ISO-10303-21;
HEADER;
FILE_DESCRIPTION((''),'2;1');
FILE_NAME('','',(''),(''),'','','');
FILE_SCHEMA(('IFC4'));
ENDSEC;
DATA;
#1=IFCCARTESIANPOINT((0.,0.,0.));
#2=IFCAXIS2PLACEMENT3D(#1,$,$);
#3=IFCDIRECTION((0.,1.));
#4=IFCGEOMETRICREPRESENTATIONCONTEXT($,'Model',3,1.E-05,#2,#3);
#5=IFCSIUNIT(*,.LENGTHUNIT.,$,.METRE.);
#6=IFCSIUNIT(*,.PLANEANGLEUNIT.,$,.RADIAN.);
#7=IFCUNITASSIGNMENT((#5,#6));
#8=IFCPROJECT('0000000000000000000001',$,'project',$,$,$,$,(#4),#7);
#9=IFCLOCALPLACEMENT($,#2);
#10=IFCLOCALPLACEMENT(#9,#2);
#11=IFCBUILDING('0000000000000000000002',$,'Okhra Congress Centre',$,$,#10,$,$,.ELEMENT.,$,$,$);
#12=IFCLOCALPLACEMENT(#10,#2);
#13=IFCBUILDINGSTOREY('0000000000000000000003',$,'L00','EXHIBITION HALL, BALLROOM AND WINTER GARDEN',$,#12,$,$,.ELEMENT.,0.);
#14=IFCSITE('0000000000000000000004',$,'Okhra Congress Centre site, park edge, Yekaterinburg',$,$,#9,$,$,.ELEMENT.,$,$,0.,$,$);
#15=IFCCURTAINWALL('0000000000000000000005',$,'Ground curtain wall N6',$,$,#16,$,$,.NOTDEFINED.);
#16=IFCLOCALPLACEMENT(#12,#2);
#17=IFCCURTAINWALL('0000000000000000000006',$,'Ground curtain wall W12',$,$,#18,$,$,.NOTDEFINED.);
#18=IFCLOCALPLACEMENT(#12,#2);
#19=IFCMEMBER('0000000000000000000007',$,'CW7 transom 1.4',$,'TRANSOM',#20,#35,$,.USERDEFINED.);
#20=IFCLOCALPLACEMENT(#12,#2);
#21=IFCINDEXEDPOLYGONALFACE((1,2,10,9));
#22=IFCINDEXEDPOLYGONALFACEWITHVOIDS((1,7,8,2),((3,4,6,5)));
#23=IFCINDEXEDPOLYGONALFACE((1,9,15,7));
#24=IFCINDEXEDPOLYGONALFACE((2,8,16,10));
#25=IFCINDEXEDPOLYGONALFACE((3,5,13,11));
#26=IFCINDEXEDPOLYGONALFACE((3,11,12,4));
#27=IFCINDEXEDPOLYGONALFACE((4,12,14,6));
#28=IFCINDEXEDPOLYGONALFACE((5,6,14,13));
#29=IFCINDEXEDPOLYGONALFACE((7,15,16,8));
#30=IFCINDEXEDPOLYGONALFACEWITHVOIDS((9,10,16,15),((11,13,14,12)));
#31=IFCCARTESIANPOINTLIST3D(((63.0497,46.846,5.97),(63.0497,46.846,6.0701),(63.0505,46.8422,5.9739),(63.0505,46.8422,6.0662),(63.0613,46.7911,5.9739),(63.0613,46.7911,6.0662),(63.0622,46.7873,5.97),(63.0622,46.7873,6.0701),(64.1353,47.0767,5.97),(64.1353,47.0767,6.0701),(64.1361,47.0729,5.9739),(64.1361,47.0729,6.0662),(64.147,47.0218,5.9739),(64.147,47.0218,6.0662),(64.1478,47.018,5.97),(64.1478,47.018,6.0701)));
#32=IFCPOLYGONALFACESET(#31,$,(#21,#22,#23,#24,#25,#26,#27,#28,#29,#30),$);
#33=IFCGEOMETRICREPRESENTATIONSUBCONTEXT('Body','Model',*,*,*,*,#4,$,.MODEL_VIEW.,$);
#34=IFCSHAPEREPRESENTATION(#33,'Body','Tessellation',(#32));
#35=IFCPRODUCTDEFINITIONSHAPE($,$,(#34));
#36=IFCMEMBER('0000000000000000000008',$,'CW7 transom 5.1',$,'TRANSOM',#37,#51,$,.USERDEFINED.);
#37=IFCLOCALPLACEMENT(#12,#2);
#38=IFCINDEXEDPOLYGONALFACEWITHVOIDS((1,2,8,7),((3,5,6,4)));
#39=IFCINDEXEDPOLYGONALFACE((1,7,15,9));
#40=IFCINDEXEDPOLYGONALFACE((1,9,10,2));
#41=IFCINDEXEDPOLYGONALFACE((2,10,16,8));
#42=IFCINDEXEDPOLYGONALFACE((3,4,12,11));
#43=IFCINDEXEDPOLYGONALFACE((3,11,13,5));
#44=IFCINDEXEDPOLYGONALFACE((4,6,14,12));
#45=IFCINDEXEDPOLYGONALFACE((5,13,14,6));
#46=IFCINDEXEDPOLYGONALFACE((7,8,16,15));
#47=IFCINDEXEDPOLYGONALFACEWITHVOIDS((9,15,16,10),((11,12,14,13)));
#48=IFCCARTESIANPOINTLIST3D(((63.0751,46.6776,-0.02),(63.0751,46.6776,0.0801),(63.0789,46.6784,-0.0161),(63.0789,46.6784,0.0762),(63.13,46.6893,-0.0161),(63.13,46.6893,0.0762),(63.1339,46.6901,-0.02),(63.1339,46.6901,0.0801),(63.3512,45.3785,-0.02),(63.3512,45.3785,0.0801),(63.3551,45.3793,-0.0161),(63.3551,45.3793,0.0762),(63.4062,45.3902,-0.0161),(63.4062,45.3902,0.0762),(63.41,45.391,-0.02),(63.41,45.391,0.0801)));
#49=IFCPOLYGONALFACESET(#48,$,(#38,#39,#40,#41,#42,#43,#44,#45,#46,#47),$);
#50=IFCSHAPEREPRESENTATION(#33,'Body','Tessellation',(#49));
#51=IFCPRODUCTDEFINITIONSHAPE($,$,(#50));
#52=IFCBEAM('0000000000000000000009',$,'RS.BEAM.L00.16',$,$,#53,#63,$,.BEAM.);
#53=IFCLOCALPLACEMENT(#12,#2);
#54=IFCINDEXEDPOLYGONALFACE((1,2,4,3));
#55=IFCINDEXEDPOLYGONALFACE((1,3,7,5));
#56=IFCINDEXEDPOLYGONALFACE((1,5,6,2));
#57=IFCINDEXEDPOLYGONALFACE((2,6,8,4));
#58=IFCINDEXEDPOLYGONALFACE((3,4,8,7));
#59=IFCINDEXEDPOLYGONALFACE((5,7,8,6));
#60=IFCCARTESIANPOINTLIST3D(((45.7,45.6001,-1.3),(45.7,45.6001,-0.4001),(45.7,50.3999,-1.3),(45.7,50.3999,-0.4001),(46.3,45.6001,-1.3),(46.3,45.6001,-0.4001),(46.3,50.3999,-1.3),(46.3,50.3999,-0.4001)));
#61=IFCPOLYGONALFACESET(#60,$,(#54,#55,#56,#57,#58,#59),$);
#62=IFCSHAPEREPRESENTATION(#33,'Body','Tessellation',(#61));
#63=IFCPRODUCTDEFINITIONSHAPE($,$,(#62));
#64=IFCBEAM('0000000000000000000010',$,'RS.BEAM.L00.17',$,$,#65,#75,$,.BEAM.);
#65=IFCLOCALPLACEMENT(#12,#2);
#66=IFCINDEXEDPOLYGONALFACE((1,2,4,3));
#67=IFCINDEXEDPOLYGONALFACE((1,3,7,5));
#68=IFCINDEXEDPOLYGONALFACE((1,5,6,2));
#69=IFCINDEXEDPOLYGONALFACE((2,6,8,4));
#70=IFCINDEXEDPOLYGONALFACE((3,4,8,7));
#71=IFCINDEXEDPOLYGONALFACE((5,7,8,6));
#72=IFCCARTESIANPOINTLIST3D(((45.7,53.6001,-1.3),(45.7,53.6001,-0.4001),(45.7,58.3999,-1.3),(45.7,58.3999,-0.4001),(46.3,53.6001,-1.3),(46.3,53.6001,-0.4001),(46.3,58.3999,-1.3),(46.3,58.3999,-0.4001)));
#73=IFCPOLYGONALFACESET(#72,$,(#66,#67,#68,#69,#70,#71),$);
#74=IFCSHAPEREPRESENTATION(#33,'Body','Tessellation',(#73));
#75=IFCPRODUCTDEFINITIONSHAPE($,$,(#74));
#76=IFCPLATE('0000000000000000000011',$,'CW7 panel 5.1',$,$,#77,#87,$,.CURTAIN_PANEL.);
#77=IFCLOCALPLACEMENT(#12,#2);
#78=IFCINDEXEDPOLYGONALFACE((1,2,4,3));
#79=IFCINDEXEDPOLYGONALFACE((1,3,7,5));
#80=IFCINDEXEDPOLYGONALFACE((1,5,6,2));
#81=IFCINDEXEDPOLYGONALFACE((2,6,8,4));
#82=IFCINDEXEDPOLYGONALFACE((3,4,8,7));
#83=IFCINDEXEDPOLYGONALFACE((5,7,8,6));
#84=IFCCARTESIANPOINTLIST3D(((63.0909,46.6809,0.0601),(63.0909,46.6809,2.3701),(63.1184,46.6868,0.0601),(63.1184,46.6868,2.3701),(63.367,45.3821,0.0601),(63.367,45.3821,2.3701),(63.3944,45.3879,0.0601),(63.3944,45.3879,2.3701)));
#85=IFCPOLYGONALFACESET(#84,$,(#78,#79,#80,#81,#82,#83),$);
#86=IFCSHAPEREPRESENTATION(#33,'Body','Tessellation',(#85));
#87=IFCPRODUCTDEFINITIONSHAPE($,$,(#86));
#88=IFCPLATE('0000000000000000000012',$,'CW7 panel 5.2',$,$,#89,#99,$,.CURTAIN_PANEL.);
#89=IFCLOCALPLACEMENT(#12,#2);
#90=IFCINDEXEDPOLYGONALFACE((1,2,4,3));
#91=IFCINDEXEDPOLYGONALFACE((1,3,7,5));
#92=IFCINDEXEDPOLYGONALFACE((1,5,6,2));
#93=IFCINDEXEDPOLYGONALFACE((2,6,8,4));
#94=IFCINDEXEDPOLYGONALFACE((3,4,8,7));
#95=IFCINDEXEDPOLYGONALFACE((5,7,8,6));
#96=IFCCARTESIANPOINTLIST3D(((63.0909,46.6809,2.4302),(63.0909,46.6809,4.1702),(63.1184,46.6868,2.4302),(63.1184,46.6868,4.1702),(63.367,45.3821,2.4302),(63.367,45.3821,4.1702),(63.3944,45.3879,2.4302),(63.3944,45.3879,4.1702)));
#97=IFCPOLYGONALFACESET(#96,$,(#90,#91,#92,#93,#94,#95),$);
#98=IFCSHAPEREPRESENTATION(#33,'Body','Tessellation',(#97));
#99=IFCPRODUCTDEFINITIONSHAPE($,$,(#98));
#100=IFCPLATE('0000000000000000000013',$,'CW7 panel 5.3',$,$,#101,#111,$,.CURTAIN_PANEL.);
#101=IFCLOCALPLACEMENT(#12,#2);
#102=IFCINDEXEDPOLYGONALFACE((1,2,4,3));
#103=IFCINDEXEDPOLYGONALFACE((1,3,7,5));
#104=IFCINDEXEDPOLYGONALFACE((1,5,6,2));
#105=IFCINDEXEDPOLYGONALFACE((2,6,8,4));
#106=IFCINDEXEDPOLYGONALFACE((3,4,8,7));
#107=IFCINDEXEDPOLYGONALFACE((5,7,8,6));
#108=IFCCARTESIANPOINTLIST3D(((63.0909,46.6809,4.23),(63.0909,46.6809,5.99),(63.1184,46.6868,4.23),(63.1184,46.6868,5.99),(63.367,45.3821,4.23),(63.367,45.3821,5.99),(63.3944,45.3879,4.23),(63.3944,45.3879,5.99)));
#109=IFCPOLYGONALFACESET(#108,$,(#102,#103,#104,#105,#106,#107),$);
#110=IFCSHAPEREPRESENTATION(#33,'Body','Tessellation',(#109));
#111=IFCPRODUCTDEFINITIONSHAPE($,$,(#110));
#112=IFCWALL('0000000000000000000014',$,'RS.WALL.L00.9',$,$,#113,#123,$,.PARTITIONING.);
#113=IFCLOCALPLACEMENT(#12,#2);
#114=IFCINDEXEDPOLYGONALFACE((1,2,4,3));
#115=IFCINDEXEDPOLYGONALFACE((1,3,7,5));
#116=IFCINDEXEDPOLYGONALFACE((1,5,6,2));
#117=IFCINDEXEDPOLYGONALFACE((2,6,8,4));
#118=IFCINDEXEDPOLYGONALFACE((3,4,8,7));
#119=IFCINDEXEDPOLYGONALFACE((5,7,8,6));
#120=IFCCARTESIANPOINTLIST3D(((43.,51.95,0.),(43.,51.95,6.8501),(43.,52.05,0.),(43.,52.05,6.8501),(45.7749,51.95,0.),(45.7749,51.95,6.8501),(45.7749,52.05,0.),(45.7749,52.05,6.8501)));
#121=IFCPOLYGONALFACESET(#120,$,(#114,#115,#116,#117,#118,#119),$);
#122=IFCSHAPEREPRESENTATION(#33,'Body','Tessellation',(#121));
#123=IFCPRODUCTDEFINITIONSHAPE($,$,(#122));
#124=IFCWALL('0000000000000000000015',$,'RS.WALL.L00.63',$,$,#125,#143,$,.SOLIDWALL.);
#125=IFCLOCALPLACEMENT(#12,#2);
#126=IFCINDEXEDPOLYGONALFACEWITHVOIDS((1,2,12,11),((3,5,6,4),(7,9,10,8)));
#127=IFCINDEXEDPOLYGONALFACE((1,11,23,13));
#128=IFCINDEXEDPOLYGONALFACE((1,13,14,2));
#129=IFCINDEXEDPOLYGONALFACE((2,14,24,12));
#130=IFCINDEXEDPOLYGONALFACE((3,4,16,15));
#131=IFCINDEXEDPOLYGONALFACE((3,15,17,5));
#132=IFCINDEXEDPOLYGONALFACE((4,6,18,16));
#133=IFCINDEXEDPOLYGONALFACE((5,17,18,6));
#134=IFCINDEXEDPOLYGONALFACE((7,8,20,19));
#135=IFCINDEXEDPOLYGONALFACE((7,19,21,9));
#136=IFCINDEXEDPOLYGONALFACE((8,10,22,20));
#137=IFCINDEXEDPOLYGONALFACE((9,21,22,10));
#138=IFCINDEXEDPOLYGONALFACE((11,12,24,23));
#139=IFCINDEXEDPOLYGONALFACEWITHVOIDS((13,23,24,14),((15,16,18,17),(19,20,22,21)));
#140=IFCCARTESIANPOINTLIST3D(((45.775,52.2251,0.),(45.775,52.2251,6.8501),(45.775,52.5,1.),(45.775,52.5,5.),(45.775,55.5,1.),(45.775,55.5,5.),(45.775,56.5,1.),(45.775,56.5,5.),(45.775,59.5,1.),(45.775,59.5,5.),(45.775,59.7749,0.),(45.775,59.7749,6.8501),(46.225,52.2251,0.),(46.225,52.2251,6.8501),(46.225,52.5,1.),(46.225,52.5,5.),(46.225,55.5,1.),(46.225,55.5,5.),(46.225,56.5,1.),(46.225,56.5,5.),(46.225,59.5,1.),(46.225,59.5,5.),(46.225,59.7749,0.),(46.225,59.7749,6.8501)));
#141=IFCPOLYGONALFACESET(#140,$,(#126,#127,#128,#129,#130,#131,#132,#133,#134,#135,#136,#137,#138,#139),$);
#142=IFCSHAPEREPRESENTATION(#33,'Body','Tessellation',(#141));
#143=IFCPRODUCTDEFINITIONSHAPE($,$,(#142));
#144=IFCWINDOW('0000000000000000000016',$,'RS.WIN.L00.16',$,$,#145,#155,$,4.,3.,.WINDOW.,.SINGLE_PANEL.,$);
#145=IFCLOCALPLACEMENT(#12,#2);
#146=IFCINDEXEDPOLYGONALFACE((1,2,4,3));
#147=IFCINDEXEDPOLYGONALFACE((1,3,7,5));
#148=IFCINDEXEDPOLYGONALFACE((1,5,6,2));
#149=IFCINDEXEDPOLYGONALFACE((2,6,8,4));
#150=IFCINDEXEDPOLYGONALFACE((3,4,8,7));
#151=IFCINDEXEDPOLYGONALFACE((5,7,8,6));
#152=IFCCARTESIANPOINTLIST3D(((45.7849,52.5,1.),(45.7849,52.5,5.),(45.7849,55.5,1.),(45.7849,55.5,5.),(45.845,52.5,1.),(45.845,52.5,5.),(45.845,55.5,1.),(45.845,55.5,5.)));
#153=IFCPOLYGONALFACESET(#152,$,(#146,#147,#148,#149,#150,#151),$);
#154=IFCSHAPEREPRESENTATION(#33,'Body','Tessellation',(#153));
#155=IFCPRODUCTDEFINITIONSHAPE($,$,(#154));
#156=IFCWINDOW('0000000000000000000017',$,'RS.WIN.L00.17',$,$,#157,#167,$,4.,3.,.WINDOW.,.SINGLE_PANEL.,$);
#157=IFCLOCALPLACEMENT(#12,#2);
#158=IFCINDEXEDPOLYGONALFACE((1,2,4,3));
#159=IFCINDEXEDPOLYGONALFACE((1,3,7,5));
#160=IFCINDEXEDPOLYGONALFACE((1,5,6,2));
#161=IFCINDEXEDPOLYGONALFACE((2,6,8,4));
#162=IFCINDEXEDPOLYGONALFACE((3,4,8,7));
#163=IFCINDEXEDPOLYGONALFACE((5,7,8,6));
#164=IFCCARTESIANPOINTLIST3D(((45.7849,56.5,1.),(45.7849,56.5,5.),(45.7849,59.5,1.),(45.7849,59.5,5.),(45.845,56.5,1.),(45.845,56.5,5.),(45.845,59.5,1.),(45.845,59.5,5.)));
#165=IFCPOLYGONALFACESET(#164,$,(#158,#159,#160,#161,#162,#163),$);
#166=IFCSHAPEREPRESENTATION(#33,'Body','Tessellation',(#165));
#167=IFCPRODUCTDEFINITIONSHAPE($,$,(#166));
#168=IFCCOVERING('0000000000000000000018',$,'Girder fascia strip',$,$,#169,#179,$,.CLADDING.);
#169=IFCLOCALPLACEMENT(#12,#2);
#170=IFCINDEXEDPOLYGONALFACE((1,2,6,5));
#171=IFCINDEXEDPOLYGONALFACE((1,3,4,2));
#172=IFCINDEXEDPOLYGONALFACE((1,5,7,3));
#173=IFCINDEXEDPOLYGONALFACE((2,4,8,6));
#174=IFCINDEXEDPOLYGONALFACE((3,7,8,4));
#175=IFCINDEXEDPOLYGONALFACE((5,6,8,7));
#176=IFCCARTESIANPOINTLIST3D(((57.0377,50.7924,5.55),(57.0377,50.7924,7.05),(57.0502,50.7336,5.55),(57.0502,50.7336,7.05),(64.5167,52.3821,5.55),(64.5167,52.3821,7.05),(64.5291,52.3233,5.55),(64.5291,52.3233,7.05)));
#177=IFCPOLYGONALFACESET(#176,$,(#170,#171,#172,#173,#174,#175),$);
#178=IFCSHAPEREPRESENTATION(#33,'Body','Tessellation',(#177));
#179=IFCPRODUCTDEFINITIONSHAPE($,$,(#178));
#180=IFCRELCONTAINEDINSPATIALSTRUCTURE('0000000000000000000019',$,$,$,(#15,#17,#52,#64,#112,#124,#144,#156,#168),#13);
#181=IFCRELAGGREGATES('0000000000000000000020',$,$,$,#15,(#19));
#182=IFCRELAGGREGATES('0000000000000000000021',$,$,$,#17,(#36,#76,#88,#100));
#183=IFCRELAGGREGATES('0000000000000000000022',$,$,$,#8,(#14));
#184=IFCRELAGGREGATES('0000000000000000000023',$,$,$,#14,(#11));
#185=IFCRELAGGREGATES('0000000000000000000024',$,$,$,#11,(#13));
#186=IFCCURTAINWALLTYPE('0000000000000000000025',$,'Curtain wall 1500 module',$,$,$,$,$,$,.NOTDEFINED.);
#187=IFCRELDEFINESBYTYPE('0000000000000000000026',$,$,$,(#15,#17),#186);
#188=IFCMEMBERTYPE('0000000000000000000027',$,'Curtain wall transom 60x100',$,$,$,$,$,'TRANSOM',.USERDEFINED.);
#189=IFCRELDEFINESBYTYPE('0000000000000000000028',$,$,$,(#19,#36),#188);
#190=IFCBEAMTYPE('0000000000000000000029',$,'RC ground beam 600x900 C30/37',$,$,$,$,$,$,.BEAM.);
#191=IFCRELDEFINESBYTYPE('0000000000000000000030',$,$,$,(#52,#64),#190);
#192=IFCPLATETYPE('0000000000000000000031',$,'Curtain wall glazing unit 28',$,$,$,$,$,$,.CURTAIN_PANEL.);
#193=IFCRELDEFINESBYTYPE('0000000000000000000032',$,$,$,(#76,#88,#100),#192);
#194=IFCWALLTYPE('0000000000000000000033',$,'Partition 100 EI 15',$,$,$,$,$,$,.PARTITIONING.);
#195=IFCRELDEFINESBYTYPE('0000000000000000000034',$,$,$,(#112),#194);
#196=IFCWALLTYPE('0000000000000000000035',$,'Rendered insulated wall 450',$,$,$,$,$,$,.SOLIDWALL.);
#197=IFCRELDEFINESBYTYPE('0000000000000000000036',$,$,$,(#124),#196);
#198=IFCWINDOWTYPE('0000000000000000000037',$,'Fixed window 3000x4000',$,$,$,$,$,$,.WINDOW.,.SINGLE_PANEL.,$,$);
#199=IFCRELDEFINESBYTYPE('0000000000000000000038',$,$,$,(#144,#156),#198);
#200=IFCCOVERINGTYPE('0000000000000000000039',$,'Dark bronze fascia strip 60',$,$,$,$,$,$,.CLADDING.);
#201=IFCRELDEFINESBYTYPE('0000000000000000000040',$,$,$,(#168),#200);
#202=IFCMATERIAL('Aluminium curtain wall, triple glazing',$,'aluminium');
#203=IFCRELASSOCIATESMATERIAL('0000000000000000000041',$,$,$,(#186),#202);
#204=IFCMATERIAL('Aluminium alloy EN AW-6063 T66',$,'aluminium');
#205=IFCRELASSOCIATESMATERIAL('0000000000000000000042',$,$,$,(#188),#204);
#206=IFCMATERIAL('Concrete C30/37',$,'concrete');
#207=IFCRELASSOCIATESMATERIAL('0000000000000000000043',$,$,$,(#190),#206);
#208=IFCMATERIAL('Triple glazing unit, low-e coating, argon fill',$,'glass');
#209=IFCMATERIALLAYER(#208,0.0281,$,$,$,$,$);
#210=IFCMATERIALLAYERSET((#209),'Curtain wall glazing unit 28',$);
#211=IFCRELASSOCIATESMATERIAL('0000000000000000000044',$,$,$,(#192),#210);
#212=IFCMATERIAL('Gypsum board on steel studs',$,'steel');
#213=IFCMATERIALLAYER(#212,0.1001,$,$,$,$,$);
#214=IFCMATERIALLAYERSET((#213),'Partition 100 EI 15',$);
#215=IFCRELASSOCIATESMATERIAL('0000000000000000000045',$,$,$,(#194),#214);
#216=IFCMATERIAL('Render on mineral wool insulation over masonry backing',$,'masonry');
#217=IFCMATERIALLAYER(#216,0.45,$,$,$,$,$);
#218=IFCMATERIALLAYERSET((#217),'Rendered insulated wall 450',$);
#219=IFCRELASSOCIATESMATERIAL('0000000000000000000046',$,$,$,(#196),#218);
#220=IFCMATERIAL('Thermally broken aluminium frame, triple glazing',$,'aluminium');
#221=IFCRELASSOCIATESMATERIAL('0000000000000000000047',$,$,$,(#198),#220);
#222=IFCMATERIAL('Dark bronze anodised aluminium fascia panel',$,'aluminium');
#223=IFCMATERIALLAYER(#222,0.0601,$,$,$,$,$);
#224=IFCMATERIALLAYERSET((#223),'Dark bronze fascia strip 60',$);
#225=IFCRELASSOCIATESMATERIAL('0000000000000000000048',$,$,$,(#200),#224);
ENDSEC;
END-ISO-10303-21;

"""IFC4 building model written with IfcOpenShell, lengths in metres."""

from ifc_helpers import new_model, si_unit, direction, frame, frame_2d, origin, origin_2d, place, context, subcontext, project, spatial, rectangle, hollow_rectangle, extrude, material, layer, layer_set, material_profile, profile_set, type_object, element, fill, aggregate, save


model = new_model("IFC4")

# Units and contexts
model_context = context("Model", 3, precision=1e-05, world=origin(), true_north=direction((0.0, 1.0)))
body_context = subcontext(model_context, "Body", "Model", "MODEL_VIEW")
ifc_project = project(units=[si_unit("LENGTHUNIT", "METRE"), si_unit("PLANEANGLEUNIT", "RADIAN")], contexts=[model_context])

# Site, building, storey
site_placement = place(None, origin())
site = spatial("IfcSite", under=ifc_project, at=site_placement, Name="Okhra Congress Centre site, park edge, Yekaterinburg", CompositionType="ELEMENT", RefElevation=0.0)
building_placement = place(site_placement, origin())
building = spatial("IfcBuilding", under=site, at=building_placement, Name="Okhra Congress Centre", CompositionType="ELEMENT")
storey_placement = place(building_placement, origin())
storey = spatial("IfcBuildingStorey", under=building, at=storey_placement, Name="L00", Description="EXHIBITION HALL, BALLROOM AND WINTER GARDEN", CompositionType="ELEMENT", Elevation=0.0)

# Shared definitions
ifc_material_1 = material(Name="Concrete C30/37", Category="concrete")

# Curtain walls
ifc_material_2 = material(Name="Aluminium curtain wall, triple glazing", Category="aluminium")
curtain_wall_type = type_object("IfcCurtainWallType", Name="Curtain wall 1500 module", PredefinedType="NOTDEFINED", material=ifc_material_2)
curtain_wall_1_placement = place(storey_placement, origin())
curtain_wall_1 = element("IfcCurtainWall", 1, at=curtain_wall_1_placement, inside=storey, type_object=curtain_wall_type, Name="Ground curtain wall N6", PredefinedType="NOTDEFINED")
ifc_material_3 = material(Name="Aluminium alloy EN AW-6063 T66", Category="aluminium")
curtain_wall_2_placement = place(storey_placement, origin())
curtain_wall_2 = element("IfcCurtainWall", 2, at=curtain_wall_2_placement, inside=storey, type_object=curtain_wall_type, Name="Ground curtain wall W12", PredefinedType="NOTDEFINED")

# Members
ifc_material_profile_1 = material_profile(ifc_material_3, hollow_rectangle(XDim=0.0601, YDim=0.1001, WallThickness=0.0039, at=origin_2d()), Name="RHS 60x100x4")
ifc_profile_set_1 = profile_set([ifc_material_profile_1], Name="Aluminium alloy EN AW-6063 T66")
member_type_1 = type_object("IfcMemberType", Name="Curtain wall transom 60x100", ElementType="TRANSOM", PredefinedType="USERDEFINED", material=ifc_profile_set_1)
member_1_placement = place(storey_placement, frame((63.0559, 46.8167, 6.02), z_axis=(0.978158, 0.207861, 0.0), x_axis=(-0.207861, 0.978158, 0.0)))
member_1 = element("IfcMember", 3, at=member_1_placement, type_object=member_type_1, Name="CW7 transom 1.4", ObjectType="TRANSOM", PredefinedType="USERDEFINED", context=body_context, shape_type="SweptSolid", body=[
    extrude(hollow_rectangle(XDim=0.0601, YDim=0.1001, WallThickness=0.0039, at=origin_2d()), origin(), (0.0, 0.0, 1.0), 1.1099),
])
aggregate(curtain_wall_1, [member_1])
member_2_placement = place(storey_placement, frame((63.3806, 45.3848, 0.03), z_axis=(-0.207909, 0.978148, 0.0), x_axis=(-0.978148, -0.207909, 0.0)))
member_2 = element("IfcMember", 4, at=member_2_placement, type_object=member_type_1, Name="CW7 transom 5.1", ObjectType="TRANSOM", PredefinedType="USERDEFINED", context=body_context, shape_type="SweptSolid", body=[
    extrude(hollow_rectangle(XDim=0.0601, YDim=0.1001, WallThickness=0.0039, at=origin_2d()), origin(), (0.0, 0.0, 1.0), 1.3281),
])

# Beams
ifc_material_profile_2 = material_profile(ifc_material_1, rectangle(XDim=0.6001, YDim=0.8999, at=origin_2d()), Name="RC 600x900")
ifc_profile_set_2 = profile_set([ifc_material_profile_2], Name="Concrete C30/37")
beam_type_1 = type_object("IfcBeamType", Name="RC ground beam 600x900 C30/37", PredefinedType="BEAM", material=ifc_profile_set_2)
for number, where, z_axis, x_axis, name in (
    (5, (46.0, 45.6001, -0.8501), (0.0, 1.0, 0.0), (-1.0, 0.0, 0.0), "RS.BEAM.L00.16"),
    (6, (46.0, 53.6001, -0.8501), (0.0, 1.0, 0.0), (-1.0, 0.0, 0.0), "RS.BEAM.L00.17"),
):
    element("IfcBeam", number, at=place(storey_placement, frame(where, z_axis=z_axis, x_axis=x_axis)), inside=storey, type_object=beam_type_1, Name=name, PredefinedType="BEAM", context=body_context, shape_type="SweptSolid", body=[
        extrude(rectangle(XDim=0.6001, YDim=0.8999, at=origin_2d()), origin(), (0.0, 0.0, 1.0), 4.7998),
    ])

# Plates
ifc_material_4 = material(Name="Triple glazing unit, low-e coating, argon fill", Category="glass")
ifc_layer_1 = layer(ifc_material_4, 0.0281)
ifc_layer_set_1 = layer_set([ifc_layer_1], Name="Curtain wall glazing unit 28")
plate_type = type_object("IfcPlateType", Name="Curtain wall glazing unit 28", PredefinedType="CURTAIN_PANEL", material=ifc_layer_set_1)
plate_1_placement = place(storey_placement, frame((63.2427, 46.0344, 0.0601), z_axis=(0.0, 0.0, 1.0), x_axis=(-0.207912, 0.978148, 0.0)))
plate_1 = element("IfcPlate", 7, at=plate_1_placement, type_object=plate_type, Name="CW7 panel 5.1", PredefinedType="CURTAIN_PANEL", context=body_context, shape_type="SweptSolid", body=[
    extrude(rectangle(XDim=1.3279, YDim=0.0281, at=origin_2d()), origin(), (0.0, 0.0, 1.0), 2.3101),
])
plate_2_placement = place(storey_placement, frame((63.2427, 46.0344, 2.4302), z_axis=(0.0, 0.0, 1.0), x_axis=(-0.207912, 0.978148, 0.0)))
plate_2 = element("IfcPlate", 8, at=plate_2_placement, type_object=plate_type, Name="CW7 panel 5.2", PredefinedType="CURTAIN_PANEL", context=body_context, shape_type="SweptSolid", body=[
    extrude(rectangle(XDim=1.3279, YDim=0.0281, at=origin_2d()), origin(), (0.0, 0.0, 1.0), 1.74),
])
plate_3_placement = place(storey_placement, frame((63.2427, 46.0344, 4.23), z_axis=(0.0, 0.0, 1.0), x_axis=(-0.207912, 0.978148, 0.0)))
plate_3 = element("IfcPlate", 9, at=plate_3_placement, type_object=plate_type, Name="CW7 panel 5.3", PredefinedType="CURTAIN_PANEL", context=body_context, shape_type="SweptSolid", body=[
    extrude(rectangle(XDim=1.3279, YDim=0.0281, at=origin_2d()), origin(), (0.0, 0.0, 1.0), 1.76),
])
aggregate(curtain_wall_2, [member_2, plate_1, plate_2, plate_3])

# Wall
ifc_material_5 = material(Name="Gypsum board on steel studs", Category="steel")
ifc_layer_2 = layer(ifc_material_5, 0.1001)
ifc_layer_set_2 = layer_set([ifc_layer_2], Name="Partition 100 EI 15")
wall_type_1 = type_object("IfcWallType", Name="Partition 100 EI 15", PredefinedType="PARTITIONING", material=ifc_layer_set_2)
wall_1_placement = place(storey_placement, frame((43.0, 52.0, 0.0), z_axis=(0.0, 0.0, 1.0), x_axis=(1.0, 0.0, 0.0)))
element("IfcWall", 10, at=wall_1_placement, inside=storey, type_object=wall_type_1, Name="RS.WALL.L00.9", PredefinedType="PARTITIONING", context=body_context, shape_type="SweptSolid", body=[
    extrude(rectangle(XDim=2.7749, YDim=0.1001, at=frame_2d((1.3875, 0.0))), origin(), (0.0, 0.0, 1.0), 6.8501),
])

# Wall, openings, windows
ifc_material_6 = material(Name="Render on mineral wool insulation over masonry backing", Category="masonry")
ifc_layer_3 = layer(ifc_material_6, 0.45)
ifc_layer_set_3 = layer_set([ifc_layer_3], Name="Rendered insulated wall 450")
wall_type_2 = type_object("IfcWallType", Name="Rendered insulated wall 450", PredefinedType="SOLIDWALL", material=ifc_layer_set_3)
wall_2_placement = place(storey_placement, frame((46.0, 52.2251, 0.0), z_axis=(0.0, 0.0, 1.0), x_axis=(0.0, 1.0, 0.0)))
wall_2 = element("IfcWall", 11, at=wall_2_placement, inside=storey, type_object=wall_type_2, Name="RS.WALL.L00.63", PredefinedType="SOLIDWALL", context=body_context, shape_type="SweptSolid", body=[
    extrude(rectangle(XDim=7.5498, YDim=0.45, at=frame_2d((3.7749, 0.0))), origin(), (0.0, 0.0, 1.0), 6.8501),
])
opening_1_placement = place(wall_2_placement, frame((0.2749, 0.0, 1.0)))
opening_1 = element("IfcOpeningElement", 12, at=opening_1_placement, cuts=wall_2, PredefinedType="OPENING", context=body_context, shape_type="SweptSolid", body=[
    extrude(rectangle(XDim=3.0, YDim=4.0, at=frame_2d((1.5, 2.0))), frame((0.0, 0.2349, 0.0), z_axis=(0.0, -1.0, 0.0), x_axis=(1.0, 0.0, 0.0)), (0.0, 0.0, 1.0), 0.47),
])
opening_2_placement = place(wall_2_placement, frame((4.2749, 0.0, 1.0)))
opening_2 = element("IfcOpeningElement", 13, at=opening_2_placement, cuts=wall_2, PredefinedType="OPENING", context=body_context, shape_type="SweptSolid", body=[
    extrude(rectangle(XDim=3.0, YDim=4.0, at=frame_2d((1.5, 2.0))), frame((0.0, 0.2349, 0.0), z_axis=(0.0, -1.0, 0.0), x_axis=(1.0, 0.0, 0.0)), (0.0, 0.0, 1.0), 0.47),
])
ifc_material_7 = material(Name="Thermally broken aluminium frame, triple glazing", Category="aluminium")
window_type = type_object("IfcWindowType", Name="Fixed window 3000x4000", PartitioningType="SINGLE_PANEL", PredefinedType="WINDOW", material=ifc_material_7)
window_1_placement = place(opening_1_placement, origin())
window_1 = element("IfcWindow", 14, at=window_1_placement, inside=storey, type_object=window_type, Name="RS.WIN.L00.16", OverallHeight=4.0, OverallWidth=3.0, PartitioningType="SINGLE_PANEL", PredefinedType="WINDOW", context=body_context, shape_type="SweptSolid", body=[
    extrude(rectangle(XDim=3.0, YDim=4.0, at=frame_2d((1.5, 2.0))), frame((0.0, 0.2151, 0.0), z_axis=(0.0, -1.0, 0.0), x_axis=(1.0, 0.0, 0.0)), (0.0, 0.0, 1.0), 0.0601),
])
fill(opening_1, window_1)
window_2_placement = place(opening_2_placement, origin())
window_2 = element("IfcWindow", 15, at=window_2_placement, inside=storey, type_object=window_type, Name="RS.WIN.L00.17", OverallHeight=4.0, OverallWidth=3.0, PartitioningType="SINGLE_PANEL", PredefinedType="WINDOW", context=body_context, shape_type="SweptSolid", body=[
    extrude(rectangle(XDim=3.0, YDim=4.0, at=frame_2d((1.5, 2.0))), frame((0.0, 0.2151, 0.0), z_axis=(0.0, -1.0, 0.0), x_axis=(1.0, 0.0, 0.0)), (0.0, 0.0, 1.0), 0.0601),
])
fill(opening_2, window_2)

# Covering
ifc_material_8 = material(Name="Dark bronze anodised aluminium fascia panel", Category="aluminium")
ifc_layer_4 = layer(ifc_material_8, 0.0601)
ifc_layer_set_4 = layer_set([ifc_layer_4], Name="Dark bronze fascia strip 60")
covering_type = type_object("IfcCoveringType", Name="Dark bronze fascia strip 60", PredefinedType="CLADDING", material=ifc_layer_set_4)
covering_placement = place(storey_placement, frame((60.7834, 51.5579, 5.55), z_axis=(0.0, 0.0, 1.0), x_axis=(0.978148, 0.207912, 0.0)))
element("IfcCovering", 16, at=covering_placement, inside=storey, type_object=covering_type, Name="Girder fascia strip", PredefinedType="CLADDING", context=body_context, shape_type="SweptSolid", body=[
    extrude(rectangle(XDim=7.646, YDim=0.0601, at=origin_2d()), origin(), (0.0, 0.0, 1.0), 1.5),
])

save(model, "model.ifc")
